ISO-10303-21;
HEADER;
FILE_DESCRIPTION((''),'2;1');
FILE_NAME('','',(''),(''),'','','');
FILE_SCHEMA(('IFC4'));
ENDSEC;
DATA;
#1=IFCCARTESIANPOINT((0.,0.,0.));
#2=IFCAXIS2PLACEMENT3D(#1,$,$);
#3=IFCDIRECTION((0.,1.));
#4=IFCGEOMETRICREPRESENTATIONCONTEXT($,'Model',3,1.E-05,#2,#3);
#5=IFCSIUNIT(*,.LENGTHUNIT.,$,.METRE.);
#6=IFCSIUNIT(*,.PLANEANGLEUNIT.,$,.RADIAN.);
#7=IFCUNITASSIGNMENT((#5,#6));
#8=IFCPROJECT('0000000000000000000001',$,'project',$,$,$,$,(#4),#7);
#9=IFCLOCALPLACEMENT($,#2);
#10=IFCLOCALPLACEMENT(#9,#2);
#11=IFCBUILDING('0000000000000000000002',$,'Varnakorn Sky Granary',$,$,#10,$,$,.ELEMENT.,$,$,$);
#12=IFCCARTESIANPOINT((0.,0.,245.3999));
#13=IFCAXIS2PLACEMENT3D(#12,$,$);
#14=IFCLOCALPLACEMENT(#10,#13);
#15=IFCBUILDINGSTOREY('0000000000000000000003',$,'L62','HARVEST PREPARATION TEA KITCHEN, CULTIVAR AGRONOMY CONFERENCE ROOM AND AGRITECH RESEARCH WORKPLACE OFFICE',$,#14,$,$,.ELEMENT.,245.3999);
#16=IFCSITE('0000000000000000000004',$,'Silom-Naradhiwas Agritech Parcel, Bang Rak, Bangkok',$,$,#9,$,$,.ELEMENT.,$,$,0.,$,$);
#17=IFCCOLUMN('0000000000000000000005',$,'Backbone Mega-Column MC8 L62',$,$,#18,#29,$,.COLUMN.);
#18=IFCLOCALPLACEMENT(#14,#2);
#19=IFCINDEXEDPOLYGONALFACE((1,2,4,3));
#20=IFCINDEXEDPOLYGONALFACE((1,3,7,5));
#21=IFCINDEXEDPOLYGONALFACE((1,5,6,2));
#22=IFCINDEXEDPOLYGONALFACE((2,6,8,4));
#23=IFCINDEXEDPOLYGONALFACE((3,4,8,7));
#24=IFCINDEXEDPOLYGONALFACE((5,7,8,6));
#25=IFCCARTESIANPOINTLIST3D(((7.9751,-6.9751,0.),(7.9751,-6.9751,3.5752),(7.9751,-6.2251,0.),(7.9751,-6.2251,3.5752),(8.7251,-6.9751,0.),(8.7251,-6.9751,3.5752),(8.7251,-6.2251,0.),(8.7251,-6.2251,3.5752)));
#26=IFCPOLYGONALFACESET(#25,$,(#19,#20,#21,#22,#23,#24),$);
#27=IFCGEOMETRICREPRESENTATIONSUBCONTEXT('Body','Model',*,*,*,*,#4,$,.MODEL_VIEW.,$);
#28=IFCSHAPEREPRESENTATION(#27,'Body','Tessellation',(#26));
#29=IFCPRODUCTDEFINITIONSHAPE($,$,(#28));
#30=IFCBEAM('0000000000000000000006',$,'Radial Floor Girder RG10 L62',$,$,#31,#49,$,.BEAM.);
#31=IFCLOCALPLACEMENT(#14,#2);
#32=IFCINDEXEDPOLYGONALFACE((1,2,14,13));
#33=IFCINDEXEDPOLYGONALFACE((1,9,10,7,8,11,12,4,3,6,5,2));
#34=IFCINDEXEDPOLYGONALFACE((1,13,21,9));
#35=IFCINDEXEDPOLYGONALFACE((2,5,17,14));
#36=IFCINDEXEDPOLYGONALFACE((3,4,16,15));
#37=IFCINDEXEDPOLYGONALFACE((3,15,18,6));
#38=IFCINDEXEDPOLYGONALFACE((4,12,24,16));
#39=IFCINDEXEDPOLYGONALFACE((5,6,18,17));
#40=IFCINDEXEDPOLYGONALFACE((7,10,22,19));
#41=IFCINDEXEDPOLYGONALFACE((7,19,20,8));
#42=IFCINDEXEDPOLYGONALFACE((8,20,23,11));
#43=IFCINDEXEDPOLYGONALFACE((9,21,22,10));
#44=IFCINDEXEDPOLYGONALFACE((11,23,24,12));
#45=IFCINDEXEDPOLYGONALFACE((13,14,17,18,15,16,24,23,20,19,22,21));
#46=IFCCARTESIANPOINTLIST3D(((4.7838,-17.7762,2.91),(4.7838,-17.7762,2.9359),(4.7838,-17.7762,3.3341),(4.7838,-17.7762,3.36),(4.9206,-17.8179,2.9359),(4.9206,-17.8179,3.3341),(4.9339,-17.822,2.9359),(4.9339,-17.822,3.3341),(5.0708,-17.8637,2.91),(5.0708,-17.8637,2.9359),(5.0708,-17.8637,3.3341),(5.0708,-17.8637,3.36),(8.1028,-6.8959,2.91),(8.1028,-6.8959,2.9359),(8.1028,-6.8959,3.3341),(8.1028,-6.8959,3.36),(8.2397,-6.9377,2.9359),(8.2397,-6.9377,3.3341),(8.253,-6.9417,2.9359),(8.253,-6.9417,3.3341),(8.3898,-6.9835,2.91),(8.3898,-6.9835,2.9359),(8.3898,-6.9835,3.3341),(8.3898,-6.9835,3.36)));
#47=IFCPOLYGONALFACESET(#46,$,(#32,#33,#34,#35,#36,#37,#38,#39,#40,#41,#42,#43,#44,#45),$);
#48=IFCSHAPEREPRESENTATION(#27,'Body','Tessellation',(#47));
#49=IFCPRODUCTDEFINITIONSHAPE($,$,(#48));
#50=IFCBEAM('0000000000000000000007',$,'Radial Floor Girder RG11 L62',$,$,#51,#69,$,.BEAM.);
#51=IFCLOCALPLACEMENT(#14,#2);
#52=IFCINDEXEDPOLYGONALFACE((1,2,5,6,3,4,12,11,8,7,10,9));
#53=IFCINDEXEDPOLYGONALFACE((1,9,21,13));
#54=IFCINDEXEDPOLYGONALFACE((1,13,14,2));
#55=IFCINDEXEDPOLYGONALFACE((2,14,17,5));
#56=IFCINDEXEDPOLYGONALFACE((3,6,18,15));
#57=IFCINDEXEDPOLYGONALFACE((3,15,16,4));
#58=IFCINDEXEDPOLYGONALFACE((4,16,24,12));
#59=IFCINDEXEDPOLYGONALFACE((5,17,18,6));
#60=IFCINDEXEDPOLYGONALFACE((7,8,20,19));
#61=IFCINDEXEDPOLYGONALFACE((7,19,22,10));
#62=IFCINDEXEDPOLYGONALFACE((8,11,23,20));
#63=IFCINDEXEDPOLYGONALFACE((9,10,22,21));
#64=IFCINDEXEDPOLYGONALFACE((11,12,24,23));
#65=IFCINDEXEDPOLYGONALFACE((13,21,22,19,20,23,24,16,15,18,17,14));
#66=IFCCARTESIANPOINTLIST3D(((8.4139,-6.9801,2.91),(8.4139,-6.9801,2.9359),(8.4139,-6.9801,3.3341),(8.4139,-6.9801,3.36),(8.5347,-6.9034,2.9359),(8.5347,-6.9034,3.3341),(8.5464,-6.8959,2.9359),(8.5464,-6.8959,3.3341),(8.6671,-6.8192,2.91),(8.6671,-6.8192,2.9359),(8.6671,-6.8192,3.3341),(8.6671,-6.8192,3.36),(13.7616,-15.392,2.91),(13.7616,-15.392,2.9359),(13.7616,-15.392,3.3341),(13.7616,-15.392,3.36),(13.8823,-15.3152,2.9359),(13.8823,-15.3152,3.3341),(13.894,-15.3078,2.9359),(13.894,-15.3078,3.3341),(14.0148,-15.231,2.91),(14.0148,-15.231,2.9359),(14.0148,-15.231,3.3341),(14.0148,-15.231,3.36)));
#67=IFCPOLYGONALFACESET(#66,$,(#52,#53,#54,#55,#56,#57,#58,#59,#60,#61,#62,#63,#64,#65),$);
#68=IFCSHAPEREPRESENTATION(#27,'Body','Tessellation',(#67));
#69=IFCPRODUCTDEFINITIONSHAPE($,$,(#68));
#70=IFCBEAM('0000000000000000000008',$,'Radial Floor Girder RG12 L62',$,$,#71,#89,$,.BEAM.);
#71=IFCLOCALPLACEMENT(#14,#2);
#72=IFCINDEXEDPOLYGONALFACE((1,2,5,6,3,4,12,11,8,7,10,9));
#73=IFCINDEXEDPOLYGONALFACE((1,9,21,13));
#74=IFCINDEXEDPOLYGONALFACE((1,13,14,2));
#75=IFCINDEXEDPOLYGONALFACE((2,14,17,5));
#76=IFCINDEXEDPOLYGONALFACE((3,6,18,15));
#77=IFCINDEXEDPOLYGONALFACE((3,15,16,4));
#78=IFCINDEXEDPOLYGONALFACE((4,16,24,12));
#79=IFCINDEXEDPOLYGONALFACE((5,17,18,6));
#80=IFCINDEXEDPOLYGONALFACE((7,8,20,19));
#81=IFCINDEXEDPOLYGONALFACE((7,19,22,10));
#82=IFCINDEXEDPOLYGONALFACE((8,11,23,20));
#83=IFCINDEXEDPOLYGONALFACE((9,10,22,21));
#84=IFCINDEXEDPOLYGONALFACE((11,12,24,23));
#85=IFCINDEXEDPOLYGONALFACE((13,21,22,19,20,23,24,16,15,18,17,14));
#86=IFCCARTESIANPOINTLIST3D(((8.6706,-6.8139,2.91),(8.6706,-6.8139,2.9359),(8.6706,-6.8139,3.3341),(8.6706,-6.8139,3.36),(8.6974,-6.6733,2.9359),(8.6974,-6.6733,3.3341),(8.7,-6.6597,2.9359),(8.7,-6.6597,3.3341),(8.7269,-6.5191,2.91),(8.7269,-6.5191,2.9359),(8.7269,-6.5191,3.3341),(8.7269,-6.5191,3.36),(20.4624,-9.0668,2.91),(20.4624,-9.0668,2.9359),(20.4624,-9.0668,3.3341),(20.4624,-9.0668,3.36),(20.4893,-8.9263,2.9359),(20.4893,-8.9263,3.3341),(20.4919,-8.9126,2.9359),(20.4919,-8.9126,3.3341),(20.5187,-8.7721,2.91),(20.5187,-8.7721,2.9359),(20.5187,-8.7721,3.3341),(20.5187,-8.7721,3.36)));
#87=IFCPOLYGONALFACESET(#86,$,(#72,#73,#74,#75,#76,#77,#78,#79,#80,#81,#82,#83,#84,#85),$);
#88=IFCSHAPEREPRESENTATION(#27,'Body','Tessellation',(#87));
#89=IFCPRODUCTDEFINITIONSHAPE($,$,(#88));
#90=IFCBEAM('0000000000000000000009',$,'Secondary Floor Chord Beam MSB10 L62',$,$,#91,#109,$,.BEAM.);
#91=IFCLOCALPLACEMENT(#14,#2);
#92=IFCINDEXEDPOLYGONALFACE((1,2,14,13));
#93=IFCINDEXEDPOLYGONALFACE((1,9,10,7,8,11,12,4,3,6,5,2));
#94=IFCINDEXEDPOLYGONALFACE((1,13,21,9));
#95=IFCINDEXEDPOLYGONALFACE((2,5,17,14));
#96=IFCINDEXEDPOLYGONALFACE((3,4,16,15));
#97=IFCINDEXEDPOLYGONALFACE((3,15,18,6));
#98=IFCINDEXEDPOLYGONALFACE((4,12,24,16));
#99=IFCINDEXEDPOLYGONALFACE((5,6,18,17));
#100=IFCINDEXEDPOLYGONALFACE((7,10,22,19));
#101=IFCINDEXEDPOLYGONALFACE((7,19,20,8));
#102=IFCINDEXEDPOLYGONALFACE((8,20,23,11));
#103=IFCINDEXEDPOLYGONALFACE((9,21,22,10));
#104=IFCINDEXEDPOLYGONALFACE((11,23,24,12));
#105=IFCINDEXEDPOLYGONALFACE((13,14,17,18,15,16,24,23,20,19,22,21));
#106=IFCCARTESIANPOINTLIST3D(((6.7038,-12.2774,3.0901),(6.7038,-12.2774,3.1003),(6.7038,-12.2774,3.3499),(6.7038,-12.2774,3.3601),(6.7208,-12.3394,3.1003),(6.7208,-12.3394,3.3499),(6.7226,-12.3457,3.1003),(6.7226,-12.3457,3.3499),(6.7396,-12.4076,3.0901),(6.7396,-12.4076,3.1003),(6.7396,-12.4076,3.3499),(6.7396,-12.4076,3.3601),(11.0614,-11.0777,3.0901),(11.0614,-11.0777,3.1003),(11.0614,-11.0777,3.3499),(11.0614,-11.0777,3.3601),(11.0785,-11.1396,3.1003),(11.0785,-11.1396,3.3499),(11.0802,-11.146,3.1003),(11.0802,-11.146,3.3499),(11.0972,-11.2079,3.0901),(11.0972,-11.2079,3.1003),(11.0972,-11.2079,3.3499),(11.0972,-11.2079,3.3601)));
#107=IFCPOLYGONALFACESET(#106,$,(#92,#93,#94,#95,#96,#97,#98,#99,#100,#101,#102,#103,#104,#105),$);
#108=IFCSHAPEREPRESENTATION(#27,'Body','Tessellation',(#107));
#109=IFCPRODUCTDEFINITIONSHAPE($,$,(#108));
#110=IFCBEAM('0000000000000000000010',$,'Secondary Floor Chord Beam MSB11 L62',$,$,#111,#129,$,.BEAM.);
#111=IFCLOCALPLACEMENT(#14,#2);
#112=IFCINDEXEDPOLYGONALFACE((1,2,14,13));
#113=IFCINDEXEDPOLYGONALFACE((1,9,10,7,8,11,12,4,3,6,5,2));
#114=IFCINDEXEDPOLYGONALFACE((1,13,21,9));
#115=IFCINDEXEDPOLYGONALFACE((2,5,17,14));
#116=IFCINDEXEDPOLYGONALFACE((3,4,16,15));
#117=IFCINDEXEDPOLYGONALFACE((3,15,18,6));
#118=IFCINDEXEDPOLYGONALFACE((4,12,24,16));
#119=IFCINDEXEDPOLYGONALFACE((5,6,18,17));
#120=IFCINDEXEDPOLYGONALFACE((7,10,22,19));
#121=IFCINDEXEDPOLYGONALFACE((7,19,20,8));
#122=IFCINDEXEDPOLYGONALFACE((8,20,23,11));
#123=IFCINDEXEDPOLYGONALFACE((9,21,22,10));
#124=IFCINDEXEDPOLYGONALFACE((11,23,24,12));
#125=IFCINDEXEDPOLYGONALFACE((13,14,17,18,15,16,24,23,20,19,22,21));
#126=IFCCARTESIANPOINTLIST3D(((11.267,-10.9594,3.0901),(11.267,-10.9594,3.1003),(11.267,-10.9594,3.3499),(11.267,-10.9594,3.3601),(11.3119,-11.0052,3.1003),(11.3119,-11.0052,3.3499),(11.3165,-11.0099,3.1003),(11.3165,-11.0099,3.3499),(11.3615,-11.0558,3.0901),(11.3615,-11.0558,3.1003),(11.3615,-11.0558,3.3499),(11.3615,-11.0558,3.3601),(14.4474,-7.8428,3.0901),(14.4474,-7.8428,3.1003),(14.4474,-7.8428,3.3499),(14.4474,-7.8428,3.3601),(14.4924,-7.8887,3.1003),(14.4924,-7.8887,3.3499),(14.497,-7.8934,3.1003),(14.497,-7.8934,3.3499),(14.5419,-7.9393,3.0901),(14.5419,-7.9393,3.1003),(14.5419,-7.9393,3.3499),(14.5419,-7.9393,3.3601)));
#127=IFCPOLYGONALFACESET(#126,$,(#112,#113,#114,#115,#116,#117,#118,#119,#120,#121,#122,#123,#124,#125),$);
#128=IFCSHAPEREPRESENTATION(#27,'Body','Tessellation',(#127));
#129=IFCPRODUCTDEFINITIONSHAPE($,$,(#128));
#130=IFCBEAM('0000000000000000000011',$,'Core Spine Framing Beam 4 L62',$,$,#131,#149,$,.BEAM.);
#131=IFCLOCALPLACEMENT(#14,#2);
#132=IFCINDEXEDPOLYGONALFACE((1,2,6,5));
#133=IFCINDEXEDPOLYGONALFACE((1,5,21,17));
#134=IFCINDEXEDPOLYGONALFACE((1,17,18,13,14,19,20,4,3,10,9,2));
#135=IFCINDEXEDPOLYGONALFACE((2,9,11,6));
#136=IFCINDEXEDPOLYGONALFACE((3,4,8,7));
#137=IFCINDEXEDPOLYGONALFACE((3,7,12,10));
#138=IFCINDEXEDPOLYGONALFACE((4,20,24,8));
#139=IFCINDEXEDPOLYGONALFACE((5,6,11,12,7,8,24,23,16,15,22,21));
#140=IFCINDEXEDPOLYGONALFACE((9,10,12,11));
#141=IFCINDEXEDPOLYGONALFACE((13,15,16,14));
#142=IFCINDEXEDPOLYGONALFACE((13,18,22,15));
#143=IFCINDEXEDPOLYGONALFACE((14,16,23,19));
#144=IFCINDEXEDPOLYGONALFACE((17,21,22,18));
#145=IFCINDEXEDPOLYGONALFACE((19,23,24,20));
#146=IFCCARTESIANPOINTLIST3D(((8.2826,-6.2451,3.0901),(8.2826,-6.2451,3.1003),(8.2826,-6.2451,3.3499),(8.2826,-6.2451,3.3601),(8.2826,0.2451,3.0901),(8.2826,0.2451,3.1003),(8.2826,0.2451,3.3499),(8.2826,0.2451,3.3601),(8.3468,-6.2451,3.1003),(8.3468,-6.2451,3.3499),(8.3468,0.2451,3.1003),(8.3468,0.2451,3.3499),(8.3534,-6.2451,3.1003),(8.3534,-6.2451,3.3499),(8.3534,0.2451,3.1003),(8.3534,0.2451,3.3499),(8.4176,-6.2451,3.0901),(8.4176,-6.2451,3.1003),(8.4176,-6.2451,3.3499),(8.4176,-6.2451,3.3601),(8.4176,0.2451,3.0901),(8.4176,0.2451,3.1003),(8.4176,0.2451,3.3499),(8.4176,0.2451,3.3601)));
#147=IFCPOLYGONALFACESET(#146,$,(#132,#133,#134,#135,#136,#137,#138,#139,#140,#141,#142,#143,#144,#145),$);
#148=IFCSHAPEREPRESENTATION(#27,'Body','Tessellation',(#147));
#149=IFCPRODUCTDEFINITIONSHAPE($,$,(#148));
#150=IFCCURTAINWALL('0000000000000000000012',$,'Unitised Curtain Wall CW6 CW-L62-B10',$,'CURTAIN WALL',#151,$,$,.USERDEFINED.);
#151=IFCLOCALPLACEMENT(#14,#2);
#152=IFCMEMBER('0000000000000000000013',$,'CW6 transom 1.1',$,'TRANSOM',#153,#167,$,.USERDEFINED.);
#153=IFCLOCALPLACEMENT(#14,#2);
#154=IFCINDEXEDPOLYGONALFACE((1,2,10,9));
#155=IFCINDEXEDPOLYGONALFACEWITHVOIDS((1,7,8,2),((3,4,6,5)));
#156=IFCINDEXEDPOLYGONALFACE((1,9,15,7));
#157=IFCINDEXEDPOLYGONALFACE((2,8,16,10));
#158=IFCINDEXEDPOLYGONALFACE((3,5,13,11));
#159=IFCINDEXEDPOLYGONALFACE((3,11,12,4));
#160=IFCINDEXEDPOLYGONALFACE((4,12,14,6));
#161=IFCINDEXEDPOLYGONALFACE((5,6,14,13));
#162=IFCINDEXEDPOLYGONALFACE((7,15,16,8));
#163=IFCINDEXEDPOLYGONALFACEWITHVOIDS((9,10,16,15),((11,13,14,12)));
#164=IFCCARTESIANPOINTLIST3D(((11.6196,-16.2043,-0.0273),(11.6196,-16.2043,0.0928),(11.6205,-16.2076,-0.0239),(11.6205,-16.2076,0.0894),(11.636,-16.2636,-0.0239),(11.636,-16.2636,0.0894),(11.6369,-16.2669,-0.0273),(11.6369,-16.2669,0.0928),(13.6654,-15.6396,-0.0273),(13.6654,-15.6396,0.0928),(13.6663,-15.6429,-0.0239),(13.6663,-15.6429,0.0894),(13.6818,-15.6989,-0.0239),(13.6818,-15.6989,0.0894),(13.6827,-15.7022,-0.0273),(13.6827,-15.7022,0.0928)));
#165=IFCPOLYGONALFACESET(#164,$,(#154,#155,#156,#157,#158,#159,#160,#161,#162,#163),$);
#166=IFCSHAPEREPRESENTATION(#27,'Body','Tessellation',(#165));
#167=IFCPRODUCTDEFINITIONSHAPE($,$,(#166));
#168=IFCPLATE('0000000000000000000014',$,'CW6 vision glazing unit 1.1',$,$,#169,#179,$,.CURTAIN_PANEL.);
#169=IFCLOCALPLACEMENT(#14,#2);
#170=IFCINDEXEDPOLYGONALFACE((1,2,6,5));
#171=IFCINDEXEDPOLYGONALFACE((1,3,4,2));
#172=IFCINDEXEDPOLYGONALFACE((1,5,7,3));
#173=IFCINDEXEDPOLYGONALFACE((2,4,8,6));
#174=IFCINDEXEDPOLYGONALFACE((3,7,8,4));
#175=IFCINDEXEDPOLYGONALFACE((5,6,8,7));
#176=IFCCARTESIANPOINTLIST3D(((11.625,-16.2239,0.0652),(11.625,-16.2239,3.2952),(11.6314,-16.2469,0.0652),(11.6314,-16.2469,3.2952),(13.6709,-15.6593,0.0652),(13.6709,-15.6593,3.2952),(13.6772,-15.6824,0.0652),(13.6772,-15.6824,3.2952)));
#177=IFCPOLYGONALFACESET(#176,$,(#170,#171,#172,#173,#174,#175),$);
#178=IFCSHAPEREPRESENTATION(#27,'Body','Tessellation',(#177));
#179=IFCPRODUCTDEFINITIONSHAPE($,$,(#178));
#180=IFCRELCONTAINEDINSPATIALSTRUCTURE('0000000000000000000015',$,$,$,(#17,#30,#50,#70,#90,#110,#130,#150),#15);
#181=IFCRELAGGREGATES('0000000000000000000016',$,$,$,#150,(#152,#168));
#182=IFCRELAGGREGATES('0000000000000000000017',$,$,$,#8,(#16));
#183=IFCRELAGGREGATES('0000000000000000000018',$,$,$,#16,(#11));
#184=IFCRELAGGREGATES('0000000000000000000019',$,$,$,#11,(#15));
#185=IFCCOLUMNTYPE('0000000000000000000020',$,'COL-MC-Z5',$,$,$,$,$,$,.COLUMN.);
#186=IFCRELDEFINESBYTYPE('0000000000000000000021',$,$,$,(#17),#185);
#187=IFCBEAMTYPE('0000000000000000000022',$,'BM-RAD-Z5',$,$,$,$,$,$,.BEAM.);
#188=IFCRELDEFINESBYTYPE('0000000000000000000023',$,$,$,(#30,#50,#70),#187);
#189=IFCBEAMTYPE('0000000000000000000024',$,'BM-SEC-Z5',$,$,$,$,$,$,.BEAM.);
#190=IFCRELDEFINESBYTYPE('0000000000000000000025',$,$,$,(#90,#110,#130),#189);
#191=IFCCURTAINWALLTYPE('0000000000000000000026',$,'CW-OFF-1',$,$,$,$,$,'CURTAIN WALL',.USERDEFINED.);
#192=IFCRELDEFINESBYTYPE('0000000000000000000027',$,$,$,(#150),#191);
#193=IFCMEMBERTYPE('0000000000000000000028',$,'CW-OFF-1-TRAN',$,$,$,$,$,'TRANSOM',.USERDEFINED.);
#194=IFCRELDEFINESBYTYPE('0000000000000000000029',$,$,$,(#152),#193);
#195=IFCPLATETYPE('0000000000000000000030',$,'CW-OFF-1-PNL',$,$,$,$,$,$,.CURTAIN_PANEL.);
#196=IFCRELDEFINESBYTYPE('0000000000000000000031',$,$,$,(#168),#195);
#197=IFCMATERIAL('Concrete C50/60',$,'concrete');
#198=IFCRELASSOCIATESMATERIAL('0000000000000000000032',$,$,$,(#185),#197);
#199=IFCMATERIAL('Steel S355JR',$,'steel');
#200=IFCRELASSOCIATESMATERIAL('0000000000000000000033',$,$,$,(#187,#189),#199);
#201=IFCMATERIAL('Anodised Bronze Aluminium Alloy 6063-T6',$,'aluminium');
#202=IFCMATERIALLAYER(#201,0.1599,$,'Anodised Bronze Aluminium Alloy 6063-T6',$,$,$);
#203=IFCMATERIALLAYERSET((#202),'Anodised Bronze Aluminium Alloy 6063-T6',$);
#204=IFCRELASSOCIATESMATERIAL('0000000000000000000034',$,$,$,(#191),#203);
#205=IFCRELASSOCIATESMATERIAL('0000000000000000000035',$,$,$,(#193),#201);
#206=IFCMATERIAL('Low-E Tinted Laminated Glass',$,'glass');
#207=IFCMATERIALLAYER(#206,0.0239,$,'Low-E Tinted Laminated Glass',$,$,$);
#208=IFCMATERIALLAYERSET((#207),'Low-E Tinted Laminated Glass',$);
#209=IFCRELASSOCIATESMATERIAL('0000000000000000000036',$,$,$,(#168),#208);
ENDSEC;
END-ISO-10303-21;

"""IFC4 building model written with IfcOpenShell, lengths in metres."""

from ifc_helpers import new_model, si_unit, direction, frame, origin, origin_2d, place, context, subcontext, project, spatial, rectangle, hollow_rectangle, i_section, extrude, source, transform, mapped, material, layer, layer_set, material_profile, profile_set, type_object, type_shapes, element, aggregate, save


model = new_model("IFC4")

# Units and contexts
model_context = context("Model", 3, precision=1e-05, world=origin(), true_north=direction((0.0, 1.0)))
body_context = subcontext(model_context, "Body", "Model", "MODEL_VIEW")
ifc_project = project(units=[si_unit("LENGTHUNIT", "METRE"), si_unit("PLANEANGLEUNIT", "RADIAN")], contexts=[model_context])

# Site, building, storey
site_placement = place(None, origin())
site = spatial("IfcSite", under=ifc_project, at=site_placement, Name="Silom-Naradhiwas Agritech Parcel, Bang Rak, Bangkok", CompositionType="ELEMENT", RefElevation=0.0)
building_placement = place(site_placement, origin())
building = spatial("IfcBuilding", under=site, at=building_placement, Name="Varnakorn Sky Granary", CompositionType="ELEMENT")
storey_placement = place(building_placement, frame((0.0, 0.0, 245.3999)))
storey = spatial("IfcBuildingStorey", under=building, at=storey_placement, Name="L62", Description="HARVEST PREPARATION TEA KITCHEN, CULTIVAR AGRONOMY CONFERENCE ROOM AND AGRITECH RESEARCH WORKPLACE OFFICE", CompositionType="ELEMENT", Elevation=245.3999)

# Column
ifc_material_1 = material(Name="Concrete C50/60", Category="concrete")
ifc_material_profile_1 = material_profile(ifc_material_1, rectangle(XDim=0.75, YDim=0.75, at=origin_2d()), Name="RC 750x750")
ifc_profile_set_1 = profile_set([ifc_material_profile_1], Name="Concrete C50/60")
column_type = type_object("IfcColumnType", Name="COL-MC-Z5", PredefinedType="COLUMN", material=ifc_profile_set_1)
column_placement = place(storey_placement, frame((8.3501, -6.6001, 0.0), z_axis=(0.0, 0.0, 1.0), x_axis=(1.0, 0.0, 0.0)))
element("IfcColumn", 1, at=column_placement, inside=storey, type_object=column_type, Name="Backbone Mega-Column MC8 L62", PredefinedType="COLUMN", context=body_context, shape_type="SweptSolid", body=[
    extrude(rectangle(XDim=0.75, YDim=0.75, at=origin_2d()), origin(), (0.0, 0.0, 1.0), 3.5752),
])

# Beams
ifc_material_2 = material(Name="Steel S355JR", Category="steel")
ifc_material_profile_2 = material_profile(ifc_material_2, i_section(OverallWidth=0.3, OverallDepth=0.45, WebThickness=0.0139, FlangeThickness=0.0259, at=origin_2d()), Name="HE 450 B")
ifc_profile_set_2 = profile_set([ifc_material_profile_2], Name="Steel S355JR")
beam_type_1 = type_object("IfcBeamType", Name="BM-RAD-Z5", PredefinedType="BEAM", material=ifc_profile_set_2)
beam_1_placement = place(storey_placement, frame((8.2463, -6.9397, 3.135), z_axis=(-0.291779, -0.956486, 0.0), x_axis=(0.956486, -0.291779, 0.0)))
element("IfcBeam", 2, at=beam_1_placement, inside=storey, type_object=beam_type_1, Name="Radial Floor Girder RG10 L62", PredefinedType="BEAM", context=body_context, shape_type="SweptSolid", body=[
    extrude(i_section(OverallWidth=0.3, OverallDepth=0.45, WebThickness=0.0139, FlangeThickness=0.0259, at=origin_2d()), origin(), (0.0, 0.0, 1.0), 11.3752),
])
beam_2_placement = place(storey_placement, frame((8.5405, -6.8997, 3.135), z_axis=(0.536493, -0.843904, 0.0), x_axis=(0.843904, 0.536493, 0.0)))
element("IfcBeam", 3, at=beam_2_placement, inside=storey, type_object=beam_type_1, Name="Radial Floor Girder RG11 L62", PredefinedType="BEAM", context=body_context, shape_type="SweptSolid", body=[
    extrude(i_section(OverallWidth=0.3, OverallDepth=0.45, WebThickness=0.0139, FlangeThickness=0.0259, at=origin_2d()), origin(), (0.0, 0.0, 1.0), 9.9678),
])
beam_3_placement = place(storey_placement, frame((8.6987, -6.6665, 3.135), z_axis=(0.982233, -0.187665, 0.0), x_axis=(0.187665, 0.982233, 0.0)))
element("IfcBeam", 4, at=beam_3_placement, inside=storey, type_object=beam_type_1, Name="Radial Floor Girder RG12 L62", PredefinedType="BEAM", context=body_context, shape_type="SweptSolid", body=[
    extrude(i_section(OverallWidth=0.3, OverallDepth=0.45, WebThickness=0.0139, FlangeThickness=0.0259, at=origin_2d()), origin(), (0.0, 0.0, 1.0), 12.0051),
])
ifc_material_profile_3 = material_profile(ifc_material_2, i_section(OverallWidth=0.135, OverallDepth=0.27, WebThickness=0.0066, FlangeThickness=0.0103, at=origin_2d()), Name="IPE 270")
ifc_profile_set_3 = profile_set([ifc_material_profile_3], Name="Steel S355JR")
beam_type_2 = type_object("IfcBeamType", Name="BM-SEC-Z5", PredefinedType="BEAM", material=ifc_profile_set_3)
beam_4_placement = place(storey_placement, frame((6.7217, -12.3425, 3.2251), z_axis=(0.964129, 0.265434, 0.0), x_axis=(-0.265434, 0.964129, 0.0)))
element("IfcBeam", 5, at=beam_4_placement, inside=storey, type_object=beam_type_2, Name="Secondary Floor Chord Beam MSB10 L62", PredefinedType="BEAM", context=body_context, shape_type="SweptSolid", body=[
    extrude(i_section(OverallWidth=0.135, OverallDepth=0.27, WebThickness=0.0066, FlangeThickness=0.0103, at=origin_2d()), origin(), (0.0, 0.0, 1.0), 4.5198),
])
beam_5_placement = place(storey_placement, frame((11.3142, -11.0076, 3.2251), z_axis=(0.714253, 0.699888, 0.0), x_axis=(-0.699888, 0.714253, 0.0)))
element("IfcBeam", 6, at=beam_5_placement, inside=storey, type_object=beam_type_2, Name="Secondary Floor Chord Beam MSB11 L62", PredefinedType="BEAM", context=body_context, shape_type="SweptSolid", body=[
    extrude(i_section(OverallWidth=0.135, OverallDepth=0.27, WebThickness=0.0066, FlangeThickness=0.0103, at=origin_2d()), origin(), (0.0, 0.0, 1.0), 4.4529),
])
beam_6_placement = place(storey_placement, frame((8.3501, 0.2451, 3.2251), z_axis=(0.0, -1.0, 0.0), x_axis=(1.0, 0.0, 0.0)))
element("IfcBeam", 7, at=beam_6_placement, inside=storey, type_object=beam_type_2, Name="Core Spine Framing Beam 4 L62", PredefinedType="BEAM", context=body_context, shape_type="SweptSolid", body=[
    extrude(i_section(OverallWidth=0.135, OverallDepth=0.27, WebThickness=0.0066, FlangeThickness=0.0103, at=origin_2d()), origin(), (0.0, 0.0, 1.0), 6.4902),
])

# Curtain wall, member, plate
ifc_material_3 = material(Name="Anodised Bronze Aluminium Alloy 6063-T6", Category="aluminium")
ifc_layer_1 = layer(ifc_material_3, 0.1599, Name="Anodised Bronze Aluminium Alloy 6063-T6")
ifc_layer_set_1 = layer_set([ifc_layer_1], Name="Anodised Bronze Aluminium Alloy 6063-T6")
curtain_wall_type = type_object("IfcCurtainWallType", Name="CW-OFF-1", ElementType="CURTAIN WALL", PredefinedType="USERDEFINED", material=ifc_layer_set_1)
curtain_wall_placement = place(storey_placement, origin())
curtain_wall = element("IfcCurtainWall", 8, at=curtain_wall_placement, inside=storey, type_object=curtain_wall_type, Name="Unitised Curtain Wall CW6 CW-L62-B10", ObjectType="CURTAIN WALL", PredefinedType="USERDEFINED")
ifc_material_profile_4 = material_profile(ifc_material_3, hollow_rectangle(XDim=0.0649, YDim=0.1201, WallThickness=0.0034, at=origin_2d()), Name="ALU TRAN 65x120")
ifc_profile_set_4 = profile_set([ifc_material_profile_4], Name="Anodised Bronze Aluminium Alloy 6063-T6")
member_type = type_object("IfcMemberType", Name="CW-OFF-1-TRAN", ElementType="TRANSOM", PredefinedType="USERDEFINED", material=ifc_profile_set_4)
member_placement = place(storey_placement, frame((13.6741, -15.6709, 0.0327), z_axis=(-0.963955, -0.266065, 0.0), x_axis=(0.266065, -0.963955, 0.0)))
member = element("IfcMember", 9, at=member_placement, type_object=member_type, Name="CW6 transom 1.1", ObjectType="TRANSOM", PredefinedType="USERDEFINED", context=body_context, shape_type="SweptSolid", body=[
    extrude(hollow_rectangle(XDim=0.0649, YDim=0.1201, WallThickness=0.0034, at=origin_2d()), origin(), (0.0, 0.0, 1.0), 2.1223),
])
ifc_material_4 = material(Name="Low-E Tinted Laminated Glass", Category="glass")
ifc_layer_2 = layer(ifc_material_4, 0.0239, Name="Low-E Tinted Laminated Glass")
ifc_layer_set_2 = layer_set([ifc_layer_2], Name="Low-E Tinted Laminated Glass")
plate_type = type_object("IfcPlateType", Name="CW-OFF-1-PNL", PredefinedType="CURTAIN_PANEL")
shared_shape = source(origin(), body_context, "Body", "SweptSolid", [
    extrude(rectangle(XDim=2.1223, YDim=0.0239, at=origin_2d()), origin(), (0.0, 0.0, 1.0), 3.23),
])
type_shapes(plate_type, [shared_shape])
plate_placement = place(storey_placement, frame((12.6511, -15.9531, 0.0652), z_axis=(0.0, 0.0, 1.0), x_axis=(-0.963967, -0.266022, 0.0)))
plate = element("IfcPlate", 10, at=plate_placement, type_object=plate_type, material=ifc_layer_set_2, Name="CW6 vision glazing unit 1.1", PredefinedType="CURTAIN_PANEL", context=body_context, shape_type="MappedRepresentation", body=[
    mapped(shared_shape, transform((0.0, 0.0, 0.0), x_axis=(1.0, 0.0, 0.0), y_axis=(0.0, 1.0, 0.0), z_axis=(0.0, 0.0, 1.0), scale=1.0)),
])
aggregate(curtain_wall, [member, plate])

save(model, "model.ifc")
